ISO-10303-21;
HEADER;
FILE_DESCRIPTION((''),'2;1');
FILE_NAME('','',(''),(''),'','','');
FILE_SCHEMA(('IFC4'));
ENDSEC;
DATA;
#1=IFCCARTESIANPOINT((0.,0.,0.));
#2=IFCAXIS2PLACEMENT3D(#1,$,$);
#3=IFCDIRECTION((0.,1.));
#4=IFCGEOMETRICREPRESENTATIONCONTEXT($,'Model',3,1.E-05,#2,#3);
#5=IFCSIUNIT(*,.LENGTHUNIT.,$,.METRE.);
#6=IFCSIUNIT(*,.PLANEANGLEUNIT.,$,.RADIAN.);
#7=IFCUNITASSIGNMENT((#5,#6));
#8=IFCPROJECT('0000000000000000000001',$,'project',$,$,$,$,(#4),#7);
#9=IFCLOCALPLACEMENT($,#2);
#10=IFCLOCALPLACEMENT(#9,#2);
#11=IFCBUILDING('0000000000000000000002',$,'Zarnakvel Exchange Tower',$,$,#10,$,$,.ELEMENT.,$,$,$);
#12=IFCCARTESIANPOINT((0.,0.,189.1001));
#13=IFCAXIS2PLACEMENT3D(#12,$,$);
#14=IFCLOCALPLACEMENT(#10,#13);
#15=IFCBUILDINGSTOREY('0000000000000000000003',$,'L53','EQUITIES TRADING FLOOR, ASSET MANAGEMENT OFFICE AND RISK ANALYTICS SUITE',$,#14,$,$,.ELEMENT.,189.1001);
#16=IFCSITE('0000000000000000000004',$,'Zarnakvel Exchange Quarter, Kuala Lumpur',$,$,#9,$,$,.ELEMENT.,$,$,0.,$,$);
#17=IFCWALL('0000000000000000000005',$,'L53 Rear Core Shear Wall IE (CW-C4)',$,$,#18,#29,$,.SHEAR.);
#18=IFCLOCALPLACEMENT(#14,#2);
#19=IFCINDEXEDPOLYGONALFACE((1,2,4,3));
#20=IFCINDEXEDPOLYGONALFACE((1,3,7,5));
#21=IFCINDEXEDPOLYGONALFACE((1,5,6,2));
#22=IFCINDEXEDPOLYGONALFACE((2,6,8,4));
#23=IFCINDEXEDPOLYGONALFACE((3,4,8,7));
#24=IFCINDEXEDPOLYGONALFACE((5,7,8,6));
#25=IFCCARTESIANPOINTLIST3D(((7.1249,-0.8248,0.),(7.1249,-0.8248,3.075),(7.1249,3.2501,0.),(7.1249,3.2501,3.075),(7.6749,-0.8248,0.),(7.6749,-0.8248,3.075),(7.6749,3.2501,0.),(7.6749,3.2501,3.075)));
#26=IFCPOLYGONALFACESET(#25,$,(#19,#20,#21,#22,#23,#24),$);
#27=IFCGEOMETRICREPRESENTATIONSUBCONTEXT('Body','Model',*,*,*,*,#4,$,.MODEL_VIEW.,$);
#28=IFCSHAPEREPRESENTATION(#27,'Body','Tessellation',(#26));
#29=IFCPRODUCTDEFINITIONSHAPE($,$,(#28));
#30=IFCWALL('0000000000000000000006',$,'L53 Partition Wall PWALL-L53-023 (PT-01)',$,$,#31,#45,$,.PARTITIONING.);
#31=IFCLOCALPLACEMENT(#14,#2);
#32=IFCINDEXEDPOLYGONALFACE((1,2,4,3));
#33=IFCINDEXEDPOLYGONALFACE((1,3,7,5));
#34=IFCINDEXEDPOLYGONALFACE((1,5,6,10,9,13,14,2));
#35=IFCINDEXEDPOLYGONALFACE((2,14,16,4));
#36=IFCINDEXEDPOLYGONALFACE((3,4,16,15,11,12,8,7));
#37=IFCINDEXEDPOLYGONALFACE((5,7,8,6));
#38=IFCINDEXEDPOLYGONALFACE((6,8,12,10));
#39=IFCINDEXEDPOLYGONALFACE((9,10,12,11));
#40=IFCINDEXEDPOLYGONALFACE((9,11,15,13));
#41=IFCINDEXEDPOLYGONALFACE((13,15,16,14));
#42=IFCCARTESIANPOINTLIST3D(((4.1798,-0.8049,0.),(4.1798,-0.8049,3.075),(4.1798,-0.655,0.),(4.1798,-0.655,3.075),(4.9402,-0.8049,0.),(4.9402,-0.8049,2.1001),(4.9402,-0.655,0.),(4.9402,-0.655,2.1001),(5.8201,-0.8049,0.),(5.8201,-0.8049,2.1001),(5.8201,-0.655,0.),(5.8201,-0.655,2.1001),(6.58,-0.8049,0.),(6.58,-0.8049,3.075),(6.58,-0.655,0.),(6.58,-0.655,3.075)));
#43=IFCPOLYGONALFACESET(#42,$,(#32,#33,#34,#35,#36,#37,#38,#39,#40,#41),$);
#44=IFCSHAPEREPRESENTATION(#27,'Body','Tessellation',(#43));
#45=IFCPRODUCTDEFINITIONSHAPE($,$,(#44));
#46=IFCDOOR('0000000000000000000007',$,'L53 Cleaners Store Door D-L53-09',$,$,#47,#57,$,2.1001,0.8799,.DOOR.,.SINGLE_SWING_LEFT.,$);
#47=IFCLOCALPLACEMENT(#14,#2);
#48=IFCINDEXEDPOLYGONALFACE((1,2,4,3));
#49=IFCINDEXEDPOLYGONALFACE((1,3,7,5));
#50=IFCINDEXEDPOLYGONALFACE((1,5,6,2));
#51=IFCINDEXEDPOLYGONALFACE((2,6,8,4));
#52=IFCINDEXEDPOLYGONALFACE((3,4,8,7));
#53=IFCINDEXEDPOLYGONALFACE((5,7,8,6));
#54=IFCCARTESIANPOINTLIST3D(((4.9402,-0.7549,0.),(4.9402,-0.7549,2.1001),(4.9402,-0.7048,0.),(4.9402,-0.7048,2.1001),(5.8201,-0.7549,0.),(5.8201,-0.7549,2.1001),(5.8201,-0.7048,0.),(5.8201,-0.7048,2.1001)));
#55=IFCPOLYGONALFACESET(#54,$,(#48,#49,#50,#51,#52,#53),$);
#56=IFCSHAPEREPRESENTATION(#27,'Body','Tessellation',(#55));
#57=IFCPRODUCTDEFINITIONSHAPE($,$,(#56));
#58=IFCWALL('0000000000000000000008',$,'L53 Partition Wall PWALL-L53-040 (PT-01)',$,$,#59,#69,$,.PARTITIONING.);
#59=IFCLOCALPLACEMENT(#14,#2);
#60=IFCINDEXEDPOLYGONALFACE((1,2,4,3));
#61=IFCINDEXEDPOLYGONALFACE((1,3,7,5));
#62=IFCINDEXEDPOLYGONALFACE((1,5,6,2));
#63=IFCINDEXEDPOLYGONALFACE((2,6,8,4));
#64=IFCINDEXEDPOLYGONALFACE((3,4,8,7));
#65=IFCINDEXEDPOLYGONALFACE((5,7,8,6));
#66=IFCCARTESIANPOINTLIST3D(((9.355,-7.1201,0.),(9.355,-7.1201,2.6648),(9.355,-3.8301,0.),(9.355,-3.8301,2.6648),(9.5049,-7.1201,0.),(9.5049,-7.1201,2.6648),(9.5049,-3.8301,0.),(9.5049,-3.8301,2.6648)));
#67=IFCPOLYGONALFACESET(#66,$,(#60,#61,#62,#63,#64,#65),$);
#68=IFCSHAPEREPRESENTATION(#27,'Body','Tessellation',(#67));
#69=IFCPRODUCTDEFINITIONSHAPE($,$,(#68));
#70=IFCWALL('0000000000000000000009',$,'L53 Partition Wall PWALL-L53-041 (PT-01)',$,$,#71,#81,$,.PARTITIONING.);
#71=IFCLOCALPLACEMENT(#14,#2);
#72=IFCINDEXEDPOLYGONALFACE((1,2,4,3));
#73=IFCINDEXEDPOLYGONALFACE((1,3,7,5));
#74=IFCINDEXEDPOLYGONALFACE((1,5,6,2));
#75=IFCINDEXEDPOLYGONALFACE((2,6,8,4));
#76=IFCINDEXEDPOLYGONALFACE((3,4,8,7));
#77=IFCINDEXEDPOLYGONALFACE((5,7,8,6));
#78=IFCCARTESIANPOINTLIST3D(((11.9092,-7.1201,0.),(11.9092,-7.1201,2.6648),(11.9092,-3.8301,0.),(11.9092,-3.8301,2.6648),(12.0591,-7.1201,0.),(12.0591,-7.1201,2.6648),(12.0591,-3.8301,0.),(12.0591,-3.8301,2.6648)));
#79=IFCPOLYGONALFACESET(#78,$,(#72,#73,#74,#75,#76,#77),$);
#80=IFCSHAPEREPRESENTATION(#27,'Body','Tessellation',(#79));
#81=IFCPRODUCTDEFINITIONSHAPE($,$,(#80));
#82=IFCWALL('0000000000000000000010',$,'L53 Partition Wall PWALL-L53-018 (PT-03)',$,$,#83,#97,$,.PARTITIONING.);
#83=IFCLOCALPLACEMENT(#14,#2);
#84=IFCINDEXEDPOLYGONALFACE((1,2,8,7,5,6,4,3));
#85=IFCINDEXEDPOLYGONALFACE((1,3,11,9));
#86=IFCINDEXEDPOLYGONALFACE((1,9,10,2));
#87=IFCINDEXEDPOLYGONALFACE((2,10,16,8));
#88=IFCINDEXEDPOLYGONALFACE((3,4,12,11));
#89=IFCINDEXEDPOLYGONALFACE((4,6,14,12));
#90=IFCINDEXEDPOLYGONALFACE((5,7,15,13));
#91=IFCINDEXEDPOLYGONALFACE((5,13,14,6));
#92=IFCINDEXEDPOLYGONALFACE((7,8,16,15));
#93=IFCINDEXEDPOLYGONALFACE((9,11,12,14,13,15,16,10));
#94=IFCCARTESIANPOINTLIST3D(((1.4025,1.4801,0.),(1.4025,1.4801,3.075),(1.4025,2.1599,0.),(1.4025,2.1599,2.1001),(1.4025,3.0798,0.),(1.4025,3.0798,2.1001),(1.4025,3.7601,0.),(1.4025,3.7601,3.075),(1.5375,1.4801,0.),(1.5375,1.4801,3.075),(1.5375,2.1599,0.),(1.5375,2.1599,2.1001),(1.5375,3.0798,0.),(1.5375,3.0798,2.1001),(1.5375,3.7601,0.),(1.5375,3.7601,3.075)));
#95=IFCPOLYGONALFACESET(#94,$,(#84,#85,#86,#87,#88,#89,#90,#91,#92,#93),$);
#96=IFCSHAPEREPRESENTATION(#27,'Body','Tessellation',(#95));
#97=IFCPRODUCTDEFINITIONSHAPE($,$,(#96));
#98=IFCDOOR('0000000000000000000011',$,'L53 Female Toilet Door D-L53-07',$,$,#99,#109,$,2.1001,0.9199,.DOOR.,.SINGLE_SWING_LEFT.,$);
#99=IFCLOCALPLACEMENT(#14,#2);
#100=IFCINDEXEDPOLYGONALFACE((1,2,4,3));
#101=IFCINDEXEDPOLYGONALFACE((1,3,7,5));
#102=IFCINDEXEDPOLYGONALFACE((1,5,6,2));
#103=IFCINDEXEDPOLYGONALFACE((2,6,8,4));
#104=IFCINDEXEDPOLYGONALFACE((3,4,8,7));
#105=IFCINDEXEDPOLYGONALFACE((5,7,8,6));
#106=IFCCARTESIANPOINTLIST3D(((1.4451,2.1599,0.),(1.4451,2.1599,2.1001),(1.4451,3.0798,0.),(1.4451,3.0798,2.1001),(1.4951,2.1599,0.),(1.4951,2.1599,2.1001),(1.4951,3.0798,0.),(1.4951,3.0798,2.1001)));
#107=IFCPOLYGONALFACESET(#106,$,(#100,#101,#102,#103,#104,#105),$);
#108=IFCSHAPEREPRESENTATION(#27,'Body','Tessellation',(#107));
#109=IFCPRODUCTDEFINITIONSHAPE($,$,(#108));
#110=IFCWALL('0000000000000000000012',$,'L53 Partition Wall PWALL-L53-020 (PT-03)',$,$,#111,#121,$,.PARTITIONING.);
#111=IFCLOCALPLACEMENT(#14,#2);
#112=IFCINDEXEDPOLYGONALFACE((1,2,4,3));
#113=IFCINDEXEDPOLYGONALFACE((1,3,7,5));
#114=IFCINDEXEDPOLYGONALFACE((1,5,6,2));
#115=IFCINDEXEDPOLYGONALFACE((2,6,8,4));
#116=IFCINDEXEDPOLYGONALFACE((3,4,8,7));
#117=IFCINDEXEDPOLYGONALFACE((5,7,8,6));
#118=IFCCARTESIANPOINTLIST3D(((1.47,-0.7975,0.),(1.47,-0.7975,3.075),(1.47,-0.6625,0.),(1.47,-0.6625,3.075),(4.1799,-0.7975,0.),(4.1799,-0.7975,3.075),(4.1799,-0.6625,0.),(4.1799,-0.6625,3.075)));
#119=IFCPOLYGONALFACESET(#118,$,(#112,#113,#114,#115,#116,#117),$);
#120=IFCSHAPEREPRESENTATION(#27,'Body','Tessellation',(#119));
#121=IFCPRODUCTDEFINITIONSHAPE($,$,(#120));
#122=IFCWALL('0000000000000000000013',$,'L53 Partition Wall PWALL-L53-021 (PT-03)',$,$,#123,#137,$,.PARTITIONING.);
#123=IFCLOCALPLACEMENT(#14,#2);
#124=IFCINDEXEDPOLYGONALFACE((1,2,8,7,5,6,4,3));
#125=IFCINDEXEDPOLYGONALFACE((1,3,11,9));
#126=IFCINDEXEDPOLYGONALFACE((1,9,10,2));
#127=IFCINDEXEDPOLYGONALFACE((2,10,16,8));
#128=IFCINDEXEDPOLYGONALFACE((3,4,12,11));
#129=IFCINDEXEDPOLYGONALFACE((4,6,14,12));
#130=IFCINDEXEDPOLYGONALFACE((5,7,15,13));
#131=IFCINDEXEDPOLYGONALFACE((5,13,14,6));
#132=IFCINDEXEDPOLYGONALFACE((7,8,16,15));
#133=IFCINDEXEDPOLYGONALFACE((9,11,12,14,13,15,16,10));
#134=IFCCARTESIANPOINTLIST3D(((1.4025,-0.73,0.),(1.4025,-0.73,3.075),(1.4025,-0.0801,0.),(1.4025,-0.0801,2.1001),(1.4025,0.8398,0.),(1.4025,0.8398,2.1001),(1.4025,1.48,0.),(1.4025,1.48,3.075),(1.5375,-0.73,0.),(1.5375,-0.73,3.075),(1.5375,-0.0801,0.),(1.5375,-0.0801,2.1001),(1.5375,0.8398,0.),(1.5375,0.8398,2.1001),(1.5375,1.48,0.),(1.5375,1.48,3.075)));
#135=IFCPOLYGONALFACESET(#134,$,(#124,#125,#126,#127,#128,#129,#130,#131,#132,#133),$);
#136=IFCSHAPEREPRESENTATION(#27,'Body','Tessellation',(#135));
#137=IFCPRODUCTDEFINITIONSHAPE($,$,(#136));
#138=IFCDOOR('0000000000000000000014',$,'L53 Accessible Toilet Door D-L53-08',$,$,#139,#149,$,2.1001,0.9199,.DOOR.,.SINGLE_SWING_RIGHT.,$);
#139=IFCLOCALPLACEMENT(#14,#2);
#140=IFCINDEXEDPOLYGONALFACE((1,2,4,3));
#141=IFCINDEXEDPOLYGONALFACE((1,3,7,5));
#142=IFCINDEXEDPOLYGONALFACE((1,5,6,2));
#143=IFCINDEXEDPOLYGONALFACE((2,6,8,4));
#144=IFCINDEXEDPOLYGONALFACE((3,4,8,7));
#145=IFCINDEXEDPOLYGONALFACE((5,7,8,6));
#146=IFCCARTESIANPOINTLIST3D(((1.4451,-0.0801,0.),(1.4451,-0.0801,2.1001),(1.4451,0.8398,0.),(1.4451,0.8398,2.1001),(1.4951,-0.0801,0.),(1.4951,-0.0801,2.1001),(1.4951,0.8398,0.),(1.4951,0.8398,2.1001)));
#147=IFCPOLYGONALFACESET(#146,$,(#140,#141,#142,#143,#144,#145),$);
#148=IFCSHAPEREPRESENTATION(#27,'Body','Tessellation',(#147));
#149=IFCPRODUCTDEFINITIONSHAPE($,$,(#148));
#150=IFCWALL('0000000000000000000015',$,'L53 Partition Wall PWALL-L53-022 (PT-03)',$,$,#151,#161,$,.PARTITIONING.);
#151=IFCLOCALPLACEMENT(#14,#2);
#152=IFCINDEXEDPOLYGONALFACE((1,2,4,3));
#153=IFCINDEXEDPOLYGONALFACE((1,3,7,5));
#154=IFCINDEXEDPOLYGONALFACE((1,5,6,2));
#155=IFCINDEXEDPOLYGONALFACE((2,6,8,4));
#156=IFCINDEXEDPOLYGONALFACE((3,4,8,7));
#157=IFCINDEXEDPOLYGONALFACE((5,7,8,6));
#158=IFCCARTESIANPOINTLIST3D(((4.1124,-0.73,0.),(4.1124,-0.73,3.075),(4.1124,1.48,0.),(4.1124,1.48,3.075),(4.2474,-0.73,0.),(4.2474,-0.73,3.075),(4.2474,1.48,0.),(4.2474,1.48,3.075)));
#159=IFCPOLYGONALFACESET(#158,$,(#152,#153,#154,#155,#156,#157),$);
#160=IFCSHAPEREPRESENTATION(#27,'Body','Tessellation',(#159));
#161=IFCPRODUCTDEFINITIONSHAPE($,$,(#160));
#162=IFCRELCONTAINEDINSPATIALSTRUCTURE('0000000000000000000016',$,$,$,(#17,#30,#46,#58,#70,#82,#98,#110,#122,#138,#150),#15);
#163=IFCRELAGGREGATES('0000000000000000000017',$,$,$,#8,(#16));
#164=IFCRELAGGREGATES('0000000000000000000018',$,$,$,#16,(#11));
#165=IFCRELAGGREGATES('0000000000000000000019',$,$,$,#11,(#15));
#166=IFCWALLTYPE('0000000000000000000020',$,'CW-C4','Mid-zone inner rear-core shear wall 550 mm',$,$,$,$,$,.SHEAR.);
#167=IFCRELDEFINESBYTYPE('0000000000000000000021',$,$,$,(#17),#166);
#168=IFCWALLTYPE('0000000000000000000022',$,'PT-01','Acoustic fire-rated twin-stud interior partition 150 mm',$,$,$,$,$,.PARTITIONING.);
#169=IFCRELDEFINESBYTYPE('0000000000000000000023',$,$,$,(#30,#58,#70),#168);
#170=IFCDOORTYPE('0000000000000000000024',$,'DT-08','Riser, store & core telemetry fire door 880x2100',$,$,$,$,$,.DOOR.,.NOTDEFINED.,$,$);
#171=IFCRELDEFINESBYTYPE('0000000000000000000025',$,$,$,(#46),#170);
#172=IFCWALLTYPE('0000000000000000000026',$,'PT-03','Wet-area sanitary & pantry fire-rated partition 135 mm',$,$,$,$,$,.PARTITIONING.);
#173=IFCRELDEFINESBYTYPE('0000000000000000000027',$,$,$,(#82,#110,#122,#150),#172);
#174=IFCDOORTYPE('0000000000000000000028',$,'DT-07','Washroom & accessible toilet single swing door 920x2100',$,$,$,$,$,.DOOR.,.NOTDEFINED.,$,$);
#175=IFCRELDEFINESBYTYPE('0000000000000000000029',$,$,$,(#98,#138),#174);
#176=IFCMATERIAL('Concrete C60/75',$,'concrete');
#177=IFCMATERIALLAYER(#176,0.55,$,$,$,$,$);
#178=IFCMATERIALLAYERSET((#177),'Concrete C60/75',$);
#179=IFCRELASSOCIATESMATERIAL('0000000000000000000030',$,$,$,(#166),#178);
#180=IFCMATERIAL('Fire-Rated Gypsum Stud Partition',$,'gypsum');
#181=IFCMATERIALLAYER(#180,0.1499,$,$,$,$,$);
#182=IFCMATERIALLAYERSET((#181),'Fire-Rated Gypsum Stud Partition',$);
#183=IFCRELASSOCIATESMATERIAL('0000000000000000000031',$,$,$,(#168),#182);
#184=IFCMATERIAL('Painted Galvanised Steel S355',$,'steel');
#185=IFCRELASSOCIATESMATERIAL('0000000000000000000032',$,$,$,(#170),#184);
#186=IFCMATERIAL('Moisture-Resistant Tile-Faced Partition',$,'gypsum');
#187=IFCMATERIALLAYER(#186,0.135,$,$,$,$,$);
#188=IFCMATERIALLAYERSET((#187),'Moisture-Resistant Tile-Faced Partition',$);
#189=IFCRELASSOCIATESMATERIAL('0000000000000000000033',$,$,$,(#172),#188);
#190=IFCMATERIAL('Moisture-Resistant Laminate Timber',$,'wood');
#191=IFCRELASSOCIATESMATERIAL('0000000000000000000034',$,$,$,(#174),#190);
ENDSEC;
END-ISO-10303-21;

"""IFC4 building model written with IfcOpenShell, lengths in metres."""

from ifc_helpers import new_model, si_unit, direction, frame, frame_2d, origin, place, context, subcontext, project, spatial, rectangle, extrude, source, transform, mapped, material, layer, layer_set, type_object, element, fill, save


model = new_model("IFC4")

# Units and contexts
model_context = context("Model", 3, precision=1e-05, world=origin(), true_north=direction((0.0, 1.0)))
body_context = subcontext(model_context, "Body", "Model", "MODEL_VIEW")
ifc_project = project(units=[si_unit("LENGTHUNIT", "METRE"), si_unit("PLANEANGLEUNIT", "RADIAN")], contexts=[model_context])

# Site, building, storey
site_placement = place(None, origin())
site = spatial("IfcSite", under=ifc_project, at=site_placement, Name="Zarnakvel Exchange Quarter, Kuala Lumpur", CompositionType="ELEMENT", RefElevation=0.0)
building_placement = place(site_placement, origin())
building = spatial("IfcBuilding", under=site, at=building_placement, Name="Zarnakvel Exchange Tower", CompositionType="ELEMENT")
storey_placement = place(building_placement, frame((0.0, 0.0, 189.1001)))
storey = spatial("IfcBuildingStorey", under=building, at=storey_placement, Name="L53", Description="EQUITIES TRADING FLOOR, ASSET MANAGEMENT OFFICE AND RISK ANALYTICS SUITE", CompositionType="ELEMENT", Elevation=189.1001)

# Shared definitions
ifc_material_1 = material(Name="Concrete C60/75", Category="concrete")

# Wall
ifc_layer_1 = layer(ifc_material_1, 0.55)
ifc_layer_set_1 = layer_set([ifc_layer_1], Name="Concrete C60/75")
wall_type_1 = type_object("IfcWallType", Name="CW-C4", Description="Mid-zone inner rear-core shear wall 550 mm", PredefinedType="SHEAR", material=ifc_layer_set_1)
wall_1_placement = place(storey_placement, frame((7.3999, -0.825, 0.0), z_axis=(0.0, 0.0, 1.0), x_axis=(0.0, 1.0, 0.0)))
element("IfcWall", 1, at=wall_1_placement, inside=storey, type_object=wall_type_1, Name="L53 Rear Core Shear Wall IE (CW-C4)", PredefinedType="SHEAR", context=body_context, shape_type="SweptSolid", body=[
    extrude(rectangle(XDim=4.075, YDim=0.55, at=frame_2d((2.0376, 0.0))), origin(), (0.0, 0.0, 1.0), 3.075),
])

# Wall, opening, door
ifc_material_2 = material(Name="Fire-Rated Gypsum Stud Partition", Category="gypsum")
ifc_layer_2 = layer(ifc_material_2, 0.1499)
ifc_layer_set_2 = layer_set([ifc_layer_2], Name="Fire-Rated Gypsum Stud Partition")
wall_type_2 = type_object("IfcWallType", Name="PT-01", Description="Acoustic fire-rated twin-stud interior partition 150 mm", PredefinedType="PARTITIONING", material=ifc_layer_set_2)
wall_2_placement = place(storey_placement, frame((6.5801, -0.73, 0.0), z_axis=(0.0, 0.0, 1.0), x_axis=(-1.0, 0.0, 0.0)))
wall_2 = element("IfcWall", 2, at=wall_2_placement, inside=storey, type_object=wall_type_2, Name="L53 Partition Wall PWALL-L53-023 (PT-01)", PredefinedType="PARTITIONING", context=body_context, shape_type="SweptSolid", body=[
    extrude(rectangle(XDim=2.4001, YDim=0.1499, at=frame_2d((1.2002, 0.0))), origin(), (0.0, 0.0, 1.0), 3.075),
])
opening_1_placement = place(wall_2_placement, frame((0.76, 0.0, 0.0)))
opening_1 = element("IfcOpeningElement", 3, at=opening_1_placement, cuts=wall_2, PredefinedType="OPENING", context=body_context, shape_type="SweptSolid", body=[
    extrude(rectangle(XDim=0.8799, YDim=2.1001, at=frame_2d((0.4399, 1.05))), frame((0.0, 0.085, 0.0), z_axis=(0.0, -1.0, 0.0), x_axis=(1.0, 0.0, 0.0)), (0.0, 0.0, 1.0), 0.1699),
])
ifc_material_3 = material(Name="Painted Galvanised Steel S355", Category="steel")
door_type_1 = type_object("IfcDoorType", Name="DT-08", Description="Riser, store & core telemetry fire door 880x2100", OperationType="NOTDEFINED", PredefinedType="DOOR", material=ifc_material_3)
shared_shape_1 = source(origin(), body_context, "Body", "SweptSolid", [
    extrude(rectangle(XDim=0.8799, YDim=2.1001, at=frame_2d((0.4399, 1.05))), frame((0.0, 0.0249, 0.0), z_axis=(0.0, -1.0, 0.0), x_axis=(1.0, 0.0, 0.0)), (0.0, 0.0, 1.0), 0.05),
])
door_1_placement = place(opening_1_placement, origin())
door_1 = element("IfcDoor", 4, at=door_1_placement, inside=storey, type_object=door_type_1, Name="L53 Cleaners Store Door D-L53-09", OperationType="SINGLE_SWING_LEFT", OverallHeight=2.1001, OverallWidth=0.8799, PredefinedType="DOOR", context=body_context, shape_type="MappedRepresentation", body=[
    mapped(shared_shape_1, transform((0.0, 0.0, 0.0), x_axis=(1.0, 0.0, 0.0), y_axis=(0.0, 1.0, 0.0), z_axis=(0.0, 0.0, 1.0), scale=1.0)),
])
fill(opening_1, door_1)

# Walls
for number, where, z_axis, x_axis, name in (
    (5, (9.4299, -7.1201, 0.0), (0.0, 0.0, 1.0), (0.0, 1.0, 0.0), "L53 Partition Wall PWALL-L53-040 (PT-01)"),
    (6, (11.9841, -3.8301, 0.0), (0.0, 0.0, 1.0), (0.0, -1.0, 0.0), "L53 Partition Wall PWALL-L53-041 (PT-01)"),
):
    element("IfcWall", number, at=place(storey_placement, frame(where, z_axis=z_axis, x_axis=x_axis)), inside=storey, type_object=wall_type_2, Name=name, PredefinedType="PARTITIONING", context=body_context, shape_type="SweptSolid", body=[
        extrude(rectangle(XDim=3.29, YDim=0.1499, at=frame_2d((1.645, 0.0))), origin(), (0.0, 0.0, 1.0), 2.6648),
    ])

# Wall, opening, door
ifc_material_4 = material(Name="Moisture-Resistant Tile-Faced Partition", Category="gypsum")
ifc_layer_3 = layer(ifc_material_4, 0.135)
ifc_layer_set_3 = layer_set([ifc_layer_3], Name="Moisture-Resistant Tile-Faced Partition")
wall_type_3 = type_object("IfcWallType", Name="PT-03", Description="Wet-area sanitary & pantry fire-rated partition 135 mm", PredefinedType="PARTITIONING", material=ifc_layer_set_3)
wall_3_placement = place(storey_placement, frame((1.47, 1.48, 0.0), z_axis=(0.0, 0.0, 1.0), x_axis=(0.0, 1.0, 0.0)))
wall_3 = element("IfcWall", 7, at=wall_3_placement, inside=storey, type_object=wall_type_3, Name="L53 Partition Wall PWALL-L53-018 (PT-03)", PredefinedType="PARTITIONING", context=body_context, shape_type="SweptSolid", body=[
    extrude(rectangle(XDim=2.28, YDim=0.135, at=frame_2d((1.1401, 0.0))), origin(), (0.0, 0.0, 1.0), 3.075),
])
opening_2_placement = place(wall_3_placement, frame((0.6799, 0.0, 0.0)))
opening_2 = element("IfcOpeningElement", 8, at=opening_2_placement, cuts=wall_3, PredefinedType="OPENING", context=body_context, shape_type="SweptSolid", body=[
    extrude(rectangle(XDim=0.9199, YDim=2.1001, at=frame_2d((0.46, 1.05))), frame((0.0, 0.0774, 0.0), z_axis=(0.0, -1.0, 0.0), x_axis=(1.0, 0.0, 0.0)), (0.0, 0.0, 1.0), 0.155),
])
ifc_material_5 = material(Name="Moisture-Resistant Laminate Timber", Category="wood")
door_type_2 = type_object("IfcDoorType", Name="DT-07", Description="Washroom & accessible toilet single swing door 920x2100", OperationType="NOTDEFINED", PredefinedType="DOOR", material=ifc_material_5)
shared_shape_2 = source(origin(), body_context, "Body", "SweptSolid", [
    extrude(rectangle(XDim=0.9199, YDim=2.1001, at=frame_2d((0.46, 1.05))), frame((0.0, 0.0249, 0.0), z_axis=(0.0, -1.0, 0.0), x_axis=(1.0, 0.0, 0.0)), (0.0, 0.0, 1.0), 0.05),
])
door_2_placement = place(opening_2_placement, origin())
door_2 = element("IfcDoor", 9, at=door_2_placement, inside=storey, type_object=door_type_2, Name="L53 Female Toilet Door D-L53-07", OperationType="SINGLE_SWING_LEFT", OverallHeight=2.1001, OverallWidth=0.9199, PredefinedType="DOOR", context=body_context, shape_type="MappedRepresentation", body=[
    mapped(shared_shape_2, transform((0.0, 0.0, 0.0), x_axis=(1.0, 0.0, 0.0), y_axis=(0.0, 1.0, 0.0), z_axis=(0.0, 0.0, 1.0), scale=1.0)),
])
fill(opening_2, door_2)

# Wall
wall_4_placement = place(storey_placement, frame((4.1799, -0.73, 0.0), z_axis=(0.0, 0.0, 1.0), x_axis=(-1.0, 0.0, 0.0)))
element("IfcWall", 10, at=wall_4_placement, inside=storey, type_object=wall_type_3, Name="L53 Partition Wall PWALL-L53-020 (PT-03)", PredefinedType="PARTITIONING", context=body_context, shape_type="SweptSolid", body=[
    extrude(rectangle(XDim=2.71, YDim=0.135, at=frame_2d((1.355, 0.0))), origin(), (0.0, 0.0, 1.0), 3.075),
])

# Wall, opening, door
wall_5_placement = place(storey_placement, frame((1.47, -0.73, 0.0), z_axis=(0.0, 0.0, 1.0), x_axis=(0.0, 1.0, 0.0)))
wall_5 = element("IfcWall", 11, at=wall_5_placement, inside=storey, type_object=wall_type_3, Name="L53 Partition Wall PWALL-L53-021 (PT-03)", PredefinedType="PARTITIONING", context=body_context, shape_type="SweptSolid", body=[
    extrude(rectangle(XDim=2.21, YDim=0.135, at=frame_2d((1.105, 0.0))), origin(), (0.0, 0.0, 1.0), 3.075),
])
opening_3_placement = place(wall_5_placement, frame((0.6499, 0.0, 0.0)))
opening_3 = element("IfcOpeningElement", 12, at=opening_3_placement, cuts=wall_5, PredefinedType="OPENING", context=body_context, shape_type="SweptSolid", body=[
    extrude(rectangle(XDim=0.9199, YDim=2.1001, at=frame_2d((0.46, 1.05))), frame((0.0, 0.0774, 0.0), z_axis=(0.0, -1.0, 0.0), x_axis=(1.0, 0.0, 0.0)), (0.0, 0.0, 1.0), 0.155),
])
door_3_placement = place(opening_3_placement, origin())
door_3 = element("IfcDoor", 13, at=door_3_placement, inside=storey, type_object=door_type_2, Name="L53 Accessible Toilet Door D-L53-08", OperationType="SINGLE_SWING_RIGHT", OverallHeight=2.1001, OverallWidth=0.9199, PredefinedType="DOOR", context=body_context, shape_type="MappedRepresentation", body=[
    mapped(shared_shape_2, transform((0.0, 0.0, 0.0), x_axis=(1.0, 0.0, 0.0), y_axis=(0.0, 1.0, 0.0), z_axis=(0.0, 0.0, 1.0), scale=1.0)),
])
fill(opening_3, door_3)

# Wall
wall_6_placement = place(storey_placement, frame((4.1799, 1.48, 0.0), z_axis=(0.0, 0.0, 1.0), x_axis=(0.0, -1.0, 0.0)))
element("IfcWall", 14, at=wall_6_placement, inside=storey, type_object=wall_type_3, Name="L53 Partition Wall PWALL-L53-022 (PT-03)", PredefinedType="PARTITIONING", context=body_context, shape_type="SweptSolid", body=[
    extrude(rectangle(XDim=2.21, YDim=0.135, at=frame_2d((1.105, 0.0))), origin(), (0.0, 0.0, 1.0), 3.075),
])

save(model, "model.ifc")
